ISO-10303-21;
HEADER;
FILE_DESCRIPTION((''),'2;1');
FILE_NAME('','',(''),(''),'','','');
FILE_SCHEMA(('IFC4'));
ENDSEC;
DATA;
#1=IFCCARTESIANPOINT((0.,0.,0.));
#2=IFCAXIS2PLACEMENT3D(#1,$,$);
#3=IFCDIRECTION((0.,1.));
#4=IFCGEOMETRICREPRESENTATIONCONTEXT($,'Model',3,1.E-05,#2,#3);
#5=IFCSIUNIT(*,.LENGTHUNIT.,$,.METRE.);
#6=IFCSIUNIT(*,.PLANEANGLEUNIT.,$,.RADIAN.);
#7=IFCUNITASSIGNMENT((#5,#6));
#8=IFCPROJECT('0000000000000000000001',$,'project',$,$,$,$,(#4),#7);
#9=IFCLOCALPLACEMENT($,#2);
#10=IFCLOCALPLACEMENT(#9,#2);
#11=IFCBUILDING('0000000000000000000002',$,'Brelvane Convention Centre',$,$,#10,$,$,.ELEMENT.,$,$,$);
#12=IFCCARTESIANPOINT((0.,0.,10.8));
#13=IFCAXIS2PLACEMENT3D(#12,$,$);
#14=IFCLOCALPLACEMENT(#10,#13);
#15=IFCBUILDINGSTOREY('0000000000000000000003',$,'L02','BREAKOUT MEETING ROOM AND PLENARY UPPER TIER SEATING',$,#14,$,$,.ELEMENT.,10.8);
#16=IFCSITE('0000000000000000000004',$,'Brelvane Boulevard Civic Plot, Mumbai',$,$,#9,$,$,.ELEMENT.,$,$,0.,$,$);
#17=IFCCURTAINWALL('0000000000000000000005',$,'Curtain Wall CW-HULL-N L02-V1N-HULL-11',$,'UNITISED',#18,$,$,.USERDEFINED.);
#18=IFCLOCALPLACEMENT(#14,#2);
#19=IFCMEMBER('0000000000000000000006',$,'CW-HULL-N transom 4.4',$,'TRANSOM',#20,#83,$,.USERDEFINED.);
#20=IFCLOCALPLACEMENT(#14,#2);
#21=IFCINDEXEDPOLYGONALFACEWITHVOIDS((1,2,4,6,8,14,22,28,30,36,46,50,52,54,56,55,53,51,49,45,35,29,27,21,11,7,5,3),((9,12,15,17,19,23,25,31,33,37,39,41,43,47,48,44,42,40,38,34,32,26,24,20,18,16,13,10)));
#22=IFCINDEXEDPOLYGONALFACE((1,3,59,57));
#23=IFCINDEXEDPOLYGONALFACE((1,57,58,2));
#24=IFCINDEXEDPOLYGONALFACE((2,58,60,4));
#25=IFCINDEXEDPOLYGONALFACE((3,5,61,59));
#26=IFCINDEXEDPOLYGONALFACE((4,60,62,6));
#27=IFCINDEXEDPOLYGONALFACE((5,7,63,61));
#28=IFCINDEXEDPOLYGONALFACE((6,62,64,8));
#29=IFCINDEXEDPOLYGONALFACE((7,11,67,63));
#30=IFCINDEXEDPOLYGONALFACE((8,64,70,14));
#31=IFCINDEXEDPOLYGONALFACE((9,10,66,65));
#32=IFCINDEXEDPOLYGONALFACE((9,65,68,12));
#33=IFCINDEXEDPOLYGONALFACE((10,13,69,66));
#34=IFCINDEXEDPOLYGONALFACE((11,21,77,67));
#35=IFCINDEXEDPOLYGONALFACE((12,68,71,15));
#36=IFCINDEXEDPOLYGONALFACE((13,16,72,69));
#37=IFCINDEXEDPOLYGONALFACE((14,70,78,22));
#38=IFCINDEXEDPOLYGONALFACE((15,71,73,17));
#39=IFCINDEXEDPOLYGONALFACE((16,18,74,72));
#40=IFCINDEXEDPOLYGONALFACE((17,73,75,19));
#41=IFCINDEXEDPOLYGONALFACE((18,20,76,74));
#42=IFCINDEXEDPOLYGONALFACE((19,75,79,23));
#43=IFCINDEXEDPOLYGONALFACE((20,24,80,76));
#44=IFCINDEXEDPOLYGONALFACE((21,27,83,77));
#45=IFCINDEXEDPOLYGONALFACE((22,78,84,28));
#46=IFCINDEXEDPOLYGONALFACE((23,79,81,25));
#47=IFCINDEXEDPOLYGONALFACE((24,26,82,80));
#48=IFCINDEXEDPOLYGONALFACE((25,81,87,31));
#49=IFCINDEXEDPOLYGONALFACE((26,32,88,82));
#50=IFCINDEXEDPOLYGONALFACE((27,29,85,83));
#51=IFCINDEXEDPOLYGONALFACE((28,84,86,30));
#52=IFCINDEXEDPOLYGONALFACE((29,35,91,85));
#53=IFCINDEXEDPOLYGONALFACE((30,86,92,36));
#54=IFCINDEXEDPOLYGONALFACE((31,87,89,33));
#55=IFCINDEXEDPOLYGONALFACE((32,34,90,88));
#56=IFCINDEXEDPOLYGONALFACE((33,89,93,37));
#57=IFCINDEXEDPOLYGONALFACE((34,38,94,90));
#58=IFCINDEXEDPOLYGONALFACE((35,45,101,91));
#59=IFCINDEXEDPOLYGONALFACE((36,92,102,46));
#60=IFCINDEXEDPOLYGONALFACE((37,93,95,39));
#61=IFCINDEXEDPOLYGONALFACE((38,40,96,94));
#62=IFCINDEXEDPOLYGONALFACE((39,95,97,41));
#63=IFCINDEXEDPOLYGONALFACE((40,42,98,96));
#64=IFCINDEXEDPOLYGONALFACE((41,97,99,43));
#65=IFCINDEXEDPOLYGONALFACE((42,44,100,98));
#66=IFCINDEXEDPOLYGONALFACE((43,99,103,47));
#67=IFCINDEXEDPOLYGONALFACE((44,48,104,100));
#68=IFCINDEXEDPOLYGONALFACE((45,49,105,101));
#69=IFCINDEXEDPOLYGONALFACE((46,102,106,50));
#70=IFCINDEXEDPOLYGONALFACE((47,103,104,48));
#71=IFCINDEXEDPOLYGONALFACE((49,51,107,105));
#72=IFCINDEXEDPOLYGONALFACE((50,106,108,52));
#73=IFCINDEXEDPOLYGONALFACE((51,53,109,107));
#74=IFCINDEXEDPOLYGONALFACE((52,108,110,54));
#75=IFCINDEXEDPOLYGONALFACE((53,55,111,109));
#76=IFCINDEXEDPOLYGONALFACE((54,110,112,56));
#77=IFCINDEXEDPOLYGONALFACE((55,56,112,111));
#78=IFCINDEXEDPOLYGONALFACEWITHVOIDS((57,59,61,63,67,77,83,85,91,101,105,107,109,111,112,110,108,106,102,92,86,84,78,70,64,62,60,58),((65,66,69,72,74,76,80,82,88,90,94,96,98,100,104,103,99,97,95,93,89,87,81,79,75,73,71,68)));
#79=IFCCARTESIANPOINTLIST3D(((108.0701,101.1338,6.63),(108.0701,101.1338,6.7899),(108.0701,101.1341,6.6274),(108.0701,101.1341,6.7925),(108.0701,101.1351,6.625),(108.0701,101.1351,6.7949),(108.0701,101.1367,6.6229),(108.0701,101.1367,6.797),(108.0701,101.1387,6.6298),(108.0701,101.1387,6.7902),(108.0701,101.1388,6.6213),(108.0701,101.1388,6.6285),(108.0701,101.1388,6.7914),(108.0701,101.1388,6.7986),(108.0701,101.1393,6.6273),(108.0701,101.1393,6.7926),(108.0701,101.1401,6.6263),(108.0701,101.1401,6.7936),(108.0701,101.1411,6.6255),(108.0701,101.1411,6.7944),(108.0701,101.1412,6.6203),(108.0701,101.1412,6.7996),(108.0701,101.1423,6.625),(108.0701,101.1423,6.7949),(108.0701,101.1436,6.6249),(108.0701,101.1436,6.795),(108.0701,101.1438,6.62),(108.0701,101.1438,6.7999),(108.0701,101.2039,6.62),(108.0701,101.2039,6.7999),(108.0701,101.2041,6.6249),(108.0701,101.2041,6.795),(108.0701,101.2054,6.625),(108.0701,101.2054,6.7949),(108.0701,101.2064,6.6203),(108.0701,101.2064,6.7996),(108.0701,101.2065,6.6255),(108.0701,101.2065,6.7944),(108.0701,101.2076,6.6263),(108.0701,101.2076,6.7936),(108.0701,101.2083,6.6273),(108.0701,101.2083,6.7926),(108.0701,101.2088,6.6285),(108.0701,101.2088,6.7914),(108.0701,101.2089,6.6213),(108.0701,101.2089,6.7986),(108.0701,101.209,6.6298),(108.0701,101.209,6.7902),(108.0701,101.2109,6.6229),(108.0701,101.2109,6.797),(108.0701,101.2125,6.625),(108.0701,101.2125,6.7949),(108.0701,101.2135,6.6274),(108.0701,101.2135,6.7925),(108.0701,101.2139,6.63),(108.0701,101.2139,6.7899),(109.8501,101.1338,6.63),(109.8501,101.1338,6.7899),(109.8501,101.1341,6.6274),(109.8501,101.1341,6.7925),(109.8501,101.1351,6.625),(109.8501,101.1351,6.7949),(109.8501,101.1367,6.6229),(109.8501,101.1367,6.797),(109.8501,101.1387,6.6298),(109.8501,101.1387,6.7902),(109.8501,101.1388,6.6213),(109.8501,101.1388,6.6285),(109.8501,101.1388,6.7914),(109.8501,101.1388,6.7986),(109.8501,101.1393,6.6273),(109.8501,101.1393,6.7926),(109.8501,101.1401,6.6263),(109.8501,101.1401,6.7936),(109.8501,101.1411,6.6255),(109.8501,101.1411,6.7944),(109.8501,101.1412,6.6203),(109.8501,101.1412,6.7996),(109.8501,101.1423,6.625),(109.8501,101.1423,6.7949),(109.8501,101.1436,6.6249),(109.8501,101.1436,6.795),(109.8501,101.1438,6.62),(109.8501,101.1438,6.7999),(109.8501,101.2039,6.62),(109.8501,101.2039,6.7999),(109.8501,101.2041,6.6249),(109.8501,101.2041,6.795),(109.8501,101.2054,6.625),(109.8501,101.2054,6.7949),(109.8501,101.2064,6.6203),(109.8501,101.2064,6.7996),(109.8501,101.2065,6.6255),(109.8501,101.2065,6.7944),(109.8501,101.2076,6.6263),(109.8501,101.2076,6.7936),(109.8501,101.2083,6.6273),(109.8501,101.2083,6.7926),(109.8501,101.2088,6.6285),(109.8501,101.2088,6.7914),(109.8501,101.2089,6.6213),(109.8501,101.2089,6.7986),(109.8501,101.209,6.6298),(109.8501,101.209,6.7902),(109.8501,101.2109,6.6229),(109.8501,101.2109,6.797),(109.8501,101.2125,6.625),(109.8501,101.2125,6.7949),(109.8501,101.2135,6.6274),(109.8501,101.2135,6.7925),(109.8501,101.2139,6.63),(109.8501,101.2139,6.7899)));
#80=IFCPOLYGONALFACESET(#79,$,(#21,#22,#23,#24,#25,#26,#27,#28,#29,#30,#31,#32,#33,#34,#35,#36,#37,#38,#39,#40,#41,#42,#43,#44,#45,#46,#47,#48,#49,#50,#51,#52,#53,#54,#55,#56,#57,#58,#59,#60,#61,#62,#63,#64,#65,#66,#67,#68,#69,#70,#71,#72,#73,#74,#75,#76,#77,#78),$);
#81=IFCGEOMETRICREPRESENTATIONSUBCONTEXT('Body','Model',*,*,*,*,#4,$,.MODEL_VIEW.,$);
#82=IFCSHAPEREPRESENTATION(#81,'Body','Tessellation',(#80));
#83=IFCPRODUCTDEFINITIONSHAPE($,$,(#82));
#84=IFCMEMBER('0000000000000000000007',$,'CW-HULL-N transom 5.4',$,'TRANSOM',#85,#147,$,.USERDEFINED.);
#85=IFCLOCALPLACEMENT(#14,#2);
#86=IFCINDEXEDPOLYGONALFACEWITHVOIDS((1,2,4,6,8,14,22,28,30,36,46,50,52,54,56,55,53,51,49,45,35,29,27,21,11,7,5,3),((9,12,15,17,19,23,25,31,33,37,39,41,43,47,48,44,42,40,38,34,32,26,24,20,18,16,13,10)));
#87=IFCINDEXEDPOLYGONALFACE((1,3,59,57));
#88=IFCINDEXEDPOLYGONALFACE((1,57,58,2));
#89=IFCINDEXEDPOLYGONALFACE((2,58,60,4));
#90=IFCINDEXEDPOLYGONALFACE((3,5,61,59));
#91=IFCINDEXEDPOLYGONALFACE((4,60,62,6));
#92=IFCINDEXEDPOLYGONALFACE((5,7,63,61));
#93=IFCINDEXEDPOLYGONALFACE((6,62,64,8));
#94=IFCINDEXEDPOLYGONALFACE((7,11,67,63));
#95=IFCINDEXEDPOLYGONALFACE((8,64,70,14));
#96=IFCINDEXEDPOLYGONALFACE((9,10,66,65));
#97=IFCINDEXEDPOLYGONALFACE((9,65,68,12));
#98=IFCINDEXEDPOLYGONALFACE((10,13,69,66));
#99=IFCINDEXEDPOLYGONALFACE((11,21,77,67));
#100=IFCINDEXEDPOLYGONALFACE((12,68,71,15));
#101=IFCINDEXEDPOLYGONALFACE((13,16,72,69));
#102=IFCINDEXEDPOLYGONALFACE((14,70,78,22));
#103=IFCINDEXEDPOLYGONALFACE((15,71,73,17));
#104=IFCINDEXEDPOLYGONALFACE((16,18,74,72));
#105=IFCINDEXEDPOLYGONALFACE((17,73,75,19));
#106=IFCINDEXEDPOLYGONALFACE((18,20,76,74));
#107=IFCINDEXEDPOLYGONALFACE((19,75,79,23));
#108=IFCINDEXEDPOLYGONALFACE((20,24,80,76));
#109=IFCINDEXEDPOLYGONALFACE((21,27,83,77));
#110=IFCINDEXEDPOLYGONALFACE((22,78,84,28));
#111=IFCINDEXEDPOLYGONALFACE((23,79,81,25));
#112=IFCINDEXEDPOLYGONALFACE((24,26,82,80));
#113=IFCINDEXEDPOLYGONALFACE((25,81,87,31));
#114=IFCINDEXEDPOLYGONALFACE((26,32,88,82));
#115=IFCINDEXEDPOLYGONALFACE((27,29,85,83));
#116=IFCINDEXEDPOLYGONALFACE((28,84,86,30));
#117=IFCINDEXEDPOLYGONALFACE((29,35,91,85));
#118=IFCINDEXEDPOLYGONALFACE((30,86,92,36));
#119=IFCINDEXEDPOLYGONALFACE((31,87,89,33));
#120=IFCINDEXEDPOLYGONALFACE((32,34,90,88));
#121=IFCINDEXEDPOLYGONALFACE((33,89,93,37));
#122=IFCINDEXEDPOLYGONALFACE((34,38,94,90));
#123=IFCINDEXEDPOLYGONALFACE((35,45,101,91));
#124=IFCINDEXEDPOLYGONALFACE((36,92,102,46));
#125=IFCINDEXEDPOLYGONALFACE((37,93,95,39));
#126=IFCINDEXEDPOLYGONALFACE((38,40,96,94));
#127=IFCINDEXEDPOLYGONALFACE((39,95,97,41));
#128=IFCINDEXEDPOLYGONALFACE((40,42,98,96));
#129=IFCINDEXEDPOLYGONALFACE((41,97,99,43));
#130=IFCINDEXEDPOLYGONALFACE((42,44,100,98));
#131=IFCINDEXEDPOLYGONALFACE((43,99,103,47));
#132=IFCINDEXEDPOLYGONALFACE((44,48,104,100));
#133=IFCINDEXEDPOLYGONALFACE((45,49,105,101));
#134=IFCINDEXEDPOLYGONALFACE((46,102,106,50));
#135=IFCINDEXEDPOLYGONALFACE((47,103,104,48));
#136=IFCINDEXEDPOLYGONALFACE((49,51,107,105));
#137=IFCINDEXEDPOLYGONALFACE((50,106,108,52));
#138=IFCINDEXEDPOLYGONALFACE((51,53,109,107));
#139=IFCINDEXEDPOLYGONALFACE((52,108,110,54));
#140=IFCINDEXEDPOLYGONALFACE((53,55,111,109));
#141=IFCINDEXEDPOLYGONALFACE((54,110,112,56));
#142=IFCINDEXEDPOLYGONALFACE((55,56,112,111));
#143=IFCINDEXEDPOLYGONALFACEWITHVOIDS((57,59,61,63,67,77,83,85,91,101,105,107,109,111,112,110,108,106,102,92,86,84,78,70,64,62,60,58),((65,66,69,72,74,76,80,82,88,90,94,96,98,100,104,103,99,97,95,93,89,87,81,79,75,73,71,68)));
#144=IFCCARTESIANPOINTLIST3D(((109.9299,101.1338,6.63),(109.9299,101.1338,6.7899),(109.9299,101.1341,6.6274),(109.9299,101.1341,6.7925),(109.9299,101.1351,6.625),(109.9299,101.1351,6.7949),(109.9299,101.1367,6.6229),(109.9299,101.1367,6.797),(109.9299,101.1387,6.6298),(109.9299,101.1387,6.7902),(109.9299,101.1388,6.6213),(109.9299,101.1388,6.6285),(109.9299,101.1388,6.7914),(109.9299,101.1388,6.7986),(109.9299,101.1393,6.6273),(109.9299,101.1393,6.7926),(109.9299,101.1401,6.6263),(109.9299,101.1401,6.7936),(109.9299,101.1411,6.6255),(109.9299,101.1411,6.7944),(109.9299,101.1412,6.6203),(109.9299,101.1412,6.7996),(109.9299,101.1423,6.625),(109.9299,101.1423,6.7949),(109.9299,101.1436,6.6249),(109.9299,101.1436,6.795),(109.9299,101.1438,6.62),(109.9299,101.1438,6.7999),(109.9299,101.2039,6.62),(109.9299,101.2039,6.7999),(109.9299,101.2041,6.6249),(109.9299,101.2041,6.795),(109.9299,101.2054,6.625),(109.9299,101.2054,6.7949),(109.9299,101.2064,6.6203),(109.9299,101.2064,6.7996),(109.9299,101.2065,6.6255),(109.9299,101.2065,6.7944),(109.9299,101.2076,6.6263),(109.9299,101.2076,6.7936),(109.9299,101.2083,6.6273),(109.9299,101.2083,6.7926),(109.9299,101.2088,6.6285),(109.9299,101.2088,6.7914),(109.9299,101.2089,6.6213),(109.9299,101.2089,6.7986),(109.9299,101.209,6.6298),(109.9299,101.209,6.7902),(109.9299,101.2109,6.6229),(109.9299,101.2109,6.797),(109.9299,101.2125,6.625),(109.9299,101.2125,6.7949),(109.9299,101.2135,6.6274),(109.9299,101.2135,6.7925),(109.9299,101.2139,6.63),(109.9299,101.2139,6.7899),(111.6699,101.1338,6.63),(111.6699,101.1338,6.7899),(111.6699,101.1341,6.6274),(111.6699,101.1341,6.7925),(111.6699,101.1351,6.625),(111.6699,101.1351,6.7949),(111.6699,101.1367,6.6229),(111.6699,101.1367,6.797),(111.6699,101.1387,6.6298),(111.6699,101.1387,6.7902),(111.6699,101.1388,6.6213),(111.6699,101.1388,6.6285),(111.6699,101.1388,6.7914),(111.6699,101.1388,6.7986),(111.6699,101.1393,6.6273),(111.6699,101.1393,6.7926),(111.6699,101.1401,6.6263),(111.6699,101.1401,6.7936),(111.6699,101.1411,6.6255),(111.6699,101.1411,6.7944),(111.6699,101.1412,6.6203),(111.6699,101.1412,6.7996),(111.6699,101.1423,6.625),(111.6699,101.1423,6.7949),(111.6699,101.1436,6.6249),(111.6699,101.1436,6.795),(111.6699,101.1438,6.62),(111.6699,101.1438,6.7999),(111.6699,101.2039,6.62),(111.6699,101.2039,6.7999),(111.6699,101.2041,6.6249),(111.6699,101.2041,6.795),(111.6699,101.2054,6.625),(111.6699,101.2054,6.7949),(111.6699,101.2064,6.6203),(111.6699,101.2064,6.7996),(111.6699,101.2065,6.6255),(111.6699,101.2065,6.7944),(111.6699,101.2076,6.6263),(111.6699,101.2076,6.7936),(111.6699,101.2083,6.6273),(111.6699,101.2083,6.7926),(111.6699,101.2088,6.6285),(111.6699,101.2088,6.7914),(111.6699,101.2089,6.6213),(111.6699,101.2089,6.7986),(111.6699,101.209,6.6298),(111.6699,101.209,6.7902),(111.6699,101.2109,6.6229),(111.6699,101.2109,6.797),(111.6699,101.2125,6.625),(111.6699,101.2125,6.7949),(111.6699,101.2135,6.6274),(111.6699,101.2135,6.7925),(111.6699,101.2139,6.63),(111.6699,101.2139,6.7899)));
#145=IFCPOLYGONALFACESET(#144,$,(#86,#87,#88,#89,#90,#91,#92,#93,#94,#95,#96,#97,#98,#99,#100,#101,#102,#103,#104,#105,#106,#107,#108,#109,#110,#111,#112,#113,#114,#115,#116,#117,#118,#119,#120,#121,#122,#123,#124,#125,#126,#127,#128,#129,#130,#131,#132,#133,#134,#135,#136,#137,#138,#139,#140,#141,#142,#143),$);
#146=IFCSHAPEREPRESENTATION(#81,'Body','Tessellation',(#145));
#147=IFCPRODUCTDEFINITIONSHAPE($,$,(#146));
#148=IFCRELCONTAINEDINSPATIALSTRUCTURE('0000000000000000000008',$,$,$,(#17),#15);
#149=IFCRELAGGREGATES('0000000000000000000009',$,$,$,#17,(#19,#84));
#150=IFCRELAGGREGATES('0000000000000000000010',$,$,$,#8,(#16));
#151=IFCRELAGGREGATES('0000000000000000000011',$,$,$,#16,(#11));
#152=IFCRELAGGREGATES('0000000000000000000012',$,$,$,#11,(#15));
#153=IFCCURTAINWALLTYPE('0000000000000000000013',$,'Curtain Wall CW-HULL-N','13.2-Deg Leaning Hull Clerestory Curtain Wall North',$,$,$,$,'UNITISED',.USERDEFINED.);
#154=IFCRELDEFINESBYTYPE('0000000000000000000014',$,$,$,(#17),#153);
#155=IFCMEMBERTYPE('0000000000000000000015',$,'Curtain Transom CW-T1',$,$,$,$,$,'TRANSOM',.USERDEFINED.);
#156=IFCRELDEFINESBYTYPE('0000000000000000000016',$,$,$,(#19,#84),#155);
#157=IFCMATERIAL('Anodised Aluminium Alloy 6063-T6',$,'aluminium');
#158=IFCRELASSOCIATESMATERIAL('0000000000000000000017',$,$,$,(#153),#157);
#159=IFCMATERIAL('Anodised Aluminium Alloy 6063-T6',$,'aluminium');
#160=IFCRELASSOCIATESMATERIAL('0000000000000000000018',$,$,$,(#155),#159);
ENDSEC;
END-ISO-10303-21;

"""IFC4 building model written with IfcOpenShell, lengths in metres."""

from ifc_helpers import new_model, si_unit, direction, frame, origin, origin_2d, place, context, subcontext, project, spatial, hollow_rectangle, extrude, material, material_profile, profile_set, type_object, element, aggregate, save


model = new_model("IFC4")

# Units and contexts
model_context = context("Model", 3, precision=1e-05, world=origin(), true_north=direction((0.0, 1.0)))
body_context = subcontext(model_context, "Body", "Model", "MODEL_VIEW")
ifc_project = project(units=[si_unit("LENGTHUNIT", "METRE"), si_unit("PLANEANGLEUNIT", "RADIAN")], contexts=[model_context])

# Site, building, storey
site_placement = place(None, origin())
site = spatial("IfcSite", under=ifc_project, at=site_placement, Name="Brelvane Boulevard Civic Plot, Mumbai", CompositionType="ELEMENT", RefElevation=0.0)
building_placement = place(site_placement, origin())
building = spatial("IfcBuilding", under=site, at=building_placement, Name="Brelvane Convention Centre", CompositionType="ELEMENT")
storey_placement = place(building_placement, frame((0.0, 0.0, 10.8)))
storey = spatial("IfcBuildingStorey", under=building, at=storey_placement, Name="L02", Description="BREAKOUT MEETING ROOM AND PLENARY UPPER TIER SEATING", CompositionType="ELEMENT", Elevation=10.8)

# Curtain wall, members
ifc_material_1 = material(Name="Anodised Aluminium Alloy 6063-T6", Category="aluminium")
curtain_wall_type = type_object("IfcCurtainWallType", Name="Curtain Wall CW-HULL-N", Description="13.2-Deg Leaning Hull Clerestory Curtain Wall North", ElementType="UNITISED", PredefinedType="USERDEFINED", material=ifc_material_1)
curtain_wall_1_placement = place(storey_placement, origin())
curtain_wall_1 = element("IfcCurtainWall", 1, at=curtain_wall_1_placement, inside=storey, type_object=curtain_wall_type, Name="Curtain Wall CW-HULL-N L02-V1N-HULL-11", ObjectType="UNITISED", PredefinedType="USERDEFINED")
ifc_material_2 = material(Name="Anodised Aluminium Alloy 6063-T6", Category="aluminium")
ifc_material_profile_1 = material_profile(ifc_material_2, hollow_rectangle(XDim=0.0801, YDim=0.1799, WallThickness=0.0049, InnerFilletRadius=0.0049, OuterFilletRadius=0.01, at=origin_2d()), Name="ALU-T 180x80x5.0")
ifc_profile_set_1 = profile_set([ifc_material_profile_1], Name="Anodised Aluminium Alloy 6063-T6")
member_type = type_object("IfcMemberType", Name="Curtain Transom CW-T1", ElementType="TRANSOM", PredefinedType="USERDEFINED", material=ifc_profile_set_1)
member_1_placement = place(storey_placement, frame((108.0701, 101.1738, 6.71), z_axis=(1.0, 0.0, 0.0), x_axis=(0.0, 1.0, 0.0)))
member_1 = element("IfcMember", 2, at=member_1_placement, type_object=member_type, Name="CW-HULL-N transom 4.4", ObjectType="TRANSOM", PredefinedType="USERDEFINED", context=body_context, shape_type="SweptSolid", body=[
    extrude(hollow_rectangle(XDim=0.0801, YDim=0.1799, WallThickness=0.0049, InnerFilletRadius=0.0049, OuterFilletRadius=0.01, at=origin_2d()), origin(), (0.0, 0.0, 1.0), 1.78),
])
member_2_placement = place(storey_placement, frame((109.9299, 101.1738, 6.71), z_axis=(1.0, 0.0, 0.0), x_axis=(0.0, 1.0, 0.0)))
member_2 = element("IfcMember", 3, at=member_2_placement, type_object=member_type, Name="CW-HULL-N transom 5.4", ObjectType="TRANSOM", PredefinedType="USERDEFINED", context=body_context, shape_type="SweptSolid", body=[
    extrude(hollow_rectangle(XDim=0.0801, YDim=0.1799, WallThickness=0.0049, InnerFilletRadius=0.0049, OuterFilletRadius=0.01, at=origin_2d()), origin(), (0.0, 0.0, 1.0), 1.74),
])
aggregate(curtain_wall_1, [member_1, member_2])

save(model, "model.ifc")
